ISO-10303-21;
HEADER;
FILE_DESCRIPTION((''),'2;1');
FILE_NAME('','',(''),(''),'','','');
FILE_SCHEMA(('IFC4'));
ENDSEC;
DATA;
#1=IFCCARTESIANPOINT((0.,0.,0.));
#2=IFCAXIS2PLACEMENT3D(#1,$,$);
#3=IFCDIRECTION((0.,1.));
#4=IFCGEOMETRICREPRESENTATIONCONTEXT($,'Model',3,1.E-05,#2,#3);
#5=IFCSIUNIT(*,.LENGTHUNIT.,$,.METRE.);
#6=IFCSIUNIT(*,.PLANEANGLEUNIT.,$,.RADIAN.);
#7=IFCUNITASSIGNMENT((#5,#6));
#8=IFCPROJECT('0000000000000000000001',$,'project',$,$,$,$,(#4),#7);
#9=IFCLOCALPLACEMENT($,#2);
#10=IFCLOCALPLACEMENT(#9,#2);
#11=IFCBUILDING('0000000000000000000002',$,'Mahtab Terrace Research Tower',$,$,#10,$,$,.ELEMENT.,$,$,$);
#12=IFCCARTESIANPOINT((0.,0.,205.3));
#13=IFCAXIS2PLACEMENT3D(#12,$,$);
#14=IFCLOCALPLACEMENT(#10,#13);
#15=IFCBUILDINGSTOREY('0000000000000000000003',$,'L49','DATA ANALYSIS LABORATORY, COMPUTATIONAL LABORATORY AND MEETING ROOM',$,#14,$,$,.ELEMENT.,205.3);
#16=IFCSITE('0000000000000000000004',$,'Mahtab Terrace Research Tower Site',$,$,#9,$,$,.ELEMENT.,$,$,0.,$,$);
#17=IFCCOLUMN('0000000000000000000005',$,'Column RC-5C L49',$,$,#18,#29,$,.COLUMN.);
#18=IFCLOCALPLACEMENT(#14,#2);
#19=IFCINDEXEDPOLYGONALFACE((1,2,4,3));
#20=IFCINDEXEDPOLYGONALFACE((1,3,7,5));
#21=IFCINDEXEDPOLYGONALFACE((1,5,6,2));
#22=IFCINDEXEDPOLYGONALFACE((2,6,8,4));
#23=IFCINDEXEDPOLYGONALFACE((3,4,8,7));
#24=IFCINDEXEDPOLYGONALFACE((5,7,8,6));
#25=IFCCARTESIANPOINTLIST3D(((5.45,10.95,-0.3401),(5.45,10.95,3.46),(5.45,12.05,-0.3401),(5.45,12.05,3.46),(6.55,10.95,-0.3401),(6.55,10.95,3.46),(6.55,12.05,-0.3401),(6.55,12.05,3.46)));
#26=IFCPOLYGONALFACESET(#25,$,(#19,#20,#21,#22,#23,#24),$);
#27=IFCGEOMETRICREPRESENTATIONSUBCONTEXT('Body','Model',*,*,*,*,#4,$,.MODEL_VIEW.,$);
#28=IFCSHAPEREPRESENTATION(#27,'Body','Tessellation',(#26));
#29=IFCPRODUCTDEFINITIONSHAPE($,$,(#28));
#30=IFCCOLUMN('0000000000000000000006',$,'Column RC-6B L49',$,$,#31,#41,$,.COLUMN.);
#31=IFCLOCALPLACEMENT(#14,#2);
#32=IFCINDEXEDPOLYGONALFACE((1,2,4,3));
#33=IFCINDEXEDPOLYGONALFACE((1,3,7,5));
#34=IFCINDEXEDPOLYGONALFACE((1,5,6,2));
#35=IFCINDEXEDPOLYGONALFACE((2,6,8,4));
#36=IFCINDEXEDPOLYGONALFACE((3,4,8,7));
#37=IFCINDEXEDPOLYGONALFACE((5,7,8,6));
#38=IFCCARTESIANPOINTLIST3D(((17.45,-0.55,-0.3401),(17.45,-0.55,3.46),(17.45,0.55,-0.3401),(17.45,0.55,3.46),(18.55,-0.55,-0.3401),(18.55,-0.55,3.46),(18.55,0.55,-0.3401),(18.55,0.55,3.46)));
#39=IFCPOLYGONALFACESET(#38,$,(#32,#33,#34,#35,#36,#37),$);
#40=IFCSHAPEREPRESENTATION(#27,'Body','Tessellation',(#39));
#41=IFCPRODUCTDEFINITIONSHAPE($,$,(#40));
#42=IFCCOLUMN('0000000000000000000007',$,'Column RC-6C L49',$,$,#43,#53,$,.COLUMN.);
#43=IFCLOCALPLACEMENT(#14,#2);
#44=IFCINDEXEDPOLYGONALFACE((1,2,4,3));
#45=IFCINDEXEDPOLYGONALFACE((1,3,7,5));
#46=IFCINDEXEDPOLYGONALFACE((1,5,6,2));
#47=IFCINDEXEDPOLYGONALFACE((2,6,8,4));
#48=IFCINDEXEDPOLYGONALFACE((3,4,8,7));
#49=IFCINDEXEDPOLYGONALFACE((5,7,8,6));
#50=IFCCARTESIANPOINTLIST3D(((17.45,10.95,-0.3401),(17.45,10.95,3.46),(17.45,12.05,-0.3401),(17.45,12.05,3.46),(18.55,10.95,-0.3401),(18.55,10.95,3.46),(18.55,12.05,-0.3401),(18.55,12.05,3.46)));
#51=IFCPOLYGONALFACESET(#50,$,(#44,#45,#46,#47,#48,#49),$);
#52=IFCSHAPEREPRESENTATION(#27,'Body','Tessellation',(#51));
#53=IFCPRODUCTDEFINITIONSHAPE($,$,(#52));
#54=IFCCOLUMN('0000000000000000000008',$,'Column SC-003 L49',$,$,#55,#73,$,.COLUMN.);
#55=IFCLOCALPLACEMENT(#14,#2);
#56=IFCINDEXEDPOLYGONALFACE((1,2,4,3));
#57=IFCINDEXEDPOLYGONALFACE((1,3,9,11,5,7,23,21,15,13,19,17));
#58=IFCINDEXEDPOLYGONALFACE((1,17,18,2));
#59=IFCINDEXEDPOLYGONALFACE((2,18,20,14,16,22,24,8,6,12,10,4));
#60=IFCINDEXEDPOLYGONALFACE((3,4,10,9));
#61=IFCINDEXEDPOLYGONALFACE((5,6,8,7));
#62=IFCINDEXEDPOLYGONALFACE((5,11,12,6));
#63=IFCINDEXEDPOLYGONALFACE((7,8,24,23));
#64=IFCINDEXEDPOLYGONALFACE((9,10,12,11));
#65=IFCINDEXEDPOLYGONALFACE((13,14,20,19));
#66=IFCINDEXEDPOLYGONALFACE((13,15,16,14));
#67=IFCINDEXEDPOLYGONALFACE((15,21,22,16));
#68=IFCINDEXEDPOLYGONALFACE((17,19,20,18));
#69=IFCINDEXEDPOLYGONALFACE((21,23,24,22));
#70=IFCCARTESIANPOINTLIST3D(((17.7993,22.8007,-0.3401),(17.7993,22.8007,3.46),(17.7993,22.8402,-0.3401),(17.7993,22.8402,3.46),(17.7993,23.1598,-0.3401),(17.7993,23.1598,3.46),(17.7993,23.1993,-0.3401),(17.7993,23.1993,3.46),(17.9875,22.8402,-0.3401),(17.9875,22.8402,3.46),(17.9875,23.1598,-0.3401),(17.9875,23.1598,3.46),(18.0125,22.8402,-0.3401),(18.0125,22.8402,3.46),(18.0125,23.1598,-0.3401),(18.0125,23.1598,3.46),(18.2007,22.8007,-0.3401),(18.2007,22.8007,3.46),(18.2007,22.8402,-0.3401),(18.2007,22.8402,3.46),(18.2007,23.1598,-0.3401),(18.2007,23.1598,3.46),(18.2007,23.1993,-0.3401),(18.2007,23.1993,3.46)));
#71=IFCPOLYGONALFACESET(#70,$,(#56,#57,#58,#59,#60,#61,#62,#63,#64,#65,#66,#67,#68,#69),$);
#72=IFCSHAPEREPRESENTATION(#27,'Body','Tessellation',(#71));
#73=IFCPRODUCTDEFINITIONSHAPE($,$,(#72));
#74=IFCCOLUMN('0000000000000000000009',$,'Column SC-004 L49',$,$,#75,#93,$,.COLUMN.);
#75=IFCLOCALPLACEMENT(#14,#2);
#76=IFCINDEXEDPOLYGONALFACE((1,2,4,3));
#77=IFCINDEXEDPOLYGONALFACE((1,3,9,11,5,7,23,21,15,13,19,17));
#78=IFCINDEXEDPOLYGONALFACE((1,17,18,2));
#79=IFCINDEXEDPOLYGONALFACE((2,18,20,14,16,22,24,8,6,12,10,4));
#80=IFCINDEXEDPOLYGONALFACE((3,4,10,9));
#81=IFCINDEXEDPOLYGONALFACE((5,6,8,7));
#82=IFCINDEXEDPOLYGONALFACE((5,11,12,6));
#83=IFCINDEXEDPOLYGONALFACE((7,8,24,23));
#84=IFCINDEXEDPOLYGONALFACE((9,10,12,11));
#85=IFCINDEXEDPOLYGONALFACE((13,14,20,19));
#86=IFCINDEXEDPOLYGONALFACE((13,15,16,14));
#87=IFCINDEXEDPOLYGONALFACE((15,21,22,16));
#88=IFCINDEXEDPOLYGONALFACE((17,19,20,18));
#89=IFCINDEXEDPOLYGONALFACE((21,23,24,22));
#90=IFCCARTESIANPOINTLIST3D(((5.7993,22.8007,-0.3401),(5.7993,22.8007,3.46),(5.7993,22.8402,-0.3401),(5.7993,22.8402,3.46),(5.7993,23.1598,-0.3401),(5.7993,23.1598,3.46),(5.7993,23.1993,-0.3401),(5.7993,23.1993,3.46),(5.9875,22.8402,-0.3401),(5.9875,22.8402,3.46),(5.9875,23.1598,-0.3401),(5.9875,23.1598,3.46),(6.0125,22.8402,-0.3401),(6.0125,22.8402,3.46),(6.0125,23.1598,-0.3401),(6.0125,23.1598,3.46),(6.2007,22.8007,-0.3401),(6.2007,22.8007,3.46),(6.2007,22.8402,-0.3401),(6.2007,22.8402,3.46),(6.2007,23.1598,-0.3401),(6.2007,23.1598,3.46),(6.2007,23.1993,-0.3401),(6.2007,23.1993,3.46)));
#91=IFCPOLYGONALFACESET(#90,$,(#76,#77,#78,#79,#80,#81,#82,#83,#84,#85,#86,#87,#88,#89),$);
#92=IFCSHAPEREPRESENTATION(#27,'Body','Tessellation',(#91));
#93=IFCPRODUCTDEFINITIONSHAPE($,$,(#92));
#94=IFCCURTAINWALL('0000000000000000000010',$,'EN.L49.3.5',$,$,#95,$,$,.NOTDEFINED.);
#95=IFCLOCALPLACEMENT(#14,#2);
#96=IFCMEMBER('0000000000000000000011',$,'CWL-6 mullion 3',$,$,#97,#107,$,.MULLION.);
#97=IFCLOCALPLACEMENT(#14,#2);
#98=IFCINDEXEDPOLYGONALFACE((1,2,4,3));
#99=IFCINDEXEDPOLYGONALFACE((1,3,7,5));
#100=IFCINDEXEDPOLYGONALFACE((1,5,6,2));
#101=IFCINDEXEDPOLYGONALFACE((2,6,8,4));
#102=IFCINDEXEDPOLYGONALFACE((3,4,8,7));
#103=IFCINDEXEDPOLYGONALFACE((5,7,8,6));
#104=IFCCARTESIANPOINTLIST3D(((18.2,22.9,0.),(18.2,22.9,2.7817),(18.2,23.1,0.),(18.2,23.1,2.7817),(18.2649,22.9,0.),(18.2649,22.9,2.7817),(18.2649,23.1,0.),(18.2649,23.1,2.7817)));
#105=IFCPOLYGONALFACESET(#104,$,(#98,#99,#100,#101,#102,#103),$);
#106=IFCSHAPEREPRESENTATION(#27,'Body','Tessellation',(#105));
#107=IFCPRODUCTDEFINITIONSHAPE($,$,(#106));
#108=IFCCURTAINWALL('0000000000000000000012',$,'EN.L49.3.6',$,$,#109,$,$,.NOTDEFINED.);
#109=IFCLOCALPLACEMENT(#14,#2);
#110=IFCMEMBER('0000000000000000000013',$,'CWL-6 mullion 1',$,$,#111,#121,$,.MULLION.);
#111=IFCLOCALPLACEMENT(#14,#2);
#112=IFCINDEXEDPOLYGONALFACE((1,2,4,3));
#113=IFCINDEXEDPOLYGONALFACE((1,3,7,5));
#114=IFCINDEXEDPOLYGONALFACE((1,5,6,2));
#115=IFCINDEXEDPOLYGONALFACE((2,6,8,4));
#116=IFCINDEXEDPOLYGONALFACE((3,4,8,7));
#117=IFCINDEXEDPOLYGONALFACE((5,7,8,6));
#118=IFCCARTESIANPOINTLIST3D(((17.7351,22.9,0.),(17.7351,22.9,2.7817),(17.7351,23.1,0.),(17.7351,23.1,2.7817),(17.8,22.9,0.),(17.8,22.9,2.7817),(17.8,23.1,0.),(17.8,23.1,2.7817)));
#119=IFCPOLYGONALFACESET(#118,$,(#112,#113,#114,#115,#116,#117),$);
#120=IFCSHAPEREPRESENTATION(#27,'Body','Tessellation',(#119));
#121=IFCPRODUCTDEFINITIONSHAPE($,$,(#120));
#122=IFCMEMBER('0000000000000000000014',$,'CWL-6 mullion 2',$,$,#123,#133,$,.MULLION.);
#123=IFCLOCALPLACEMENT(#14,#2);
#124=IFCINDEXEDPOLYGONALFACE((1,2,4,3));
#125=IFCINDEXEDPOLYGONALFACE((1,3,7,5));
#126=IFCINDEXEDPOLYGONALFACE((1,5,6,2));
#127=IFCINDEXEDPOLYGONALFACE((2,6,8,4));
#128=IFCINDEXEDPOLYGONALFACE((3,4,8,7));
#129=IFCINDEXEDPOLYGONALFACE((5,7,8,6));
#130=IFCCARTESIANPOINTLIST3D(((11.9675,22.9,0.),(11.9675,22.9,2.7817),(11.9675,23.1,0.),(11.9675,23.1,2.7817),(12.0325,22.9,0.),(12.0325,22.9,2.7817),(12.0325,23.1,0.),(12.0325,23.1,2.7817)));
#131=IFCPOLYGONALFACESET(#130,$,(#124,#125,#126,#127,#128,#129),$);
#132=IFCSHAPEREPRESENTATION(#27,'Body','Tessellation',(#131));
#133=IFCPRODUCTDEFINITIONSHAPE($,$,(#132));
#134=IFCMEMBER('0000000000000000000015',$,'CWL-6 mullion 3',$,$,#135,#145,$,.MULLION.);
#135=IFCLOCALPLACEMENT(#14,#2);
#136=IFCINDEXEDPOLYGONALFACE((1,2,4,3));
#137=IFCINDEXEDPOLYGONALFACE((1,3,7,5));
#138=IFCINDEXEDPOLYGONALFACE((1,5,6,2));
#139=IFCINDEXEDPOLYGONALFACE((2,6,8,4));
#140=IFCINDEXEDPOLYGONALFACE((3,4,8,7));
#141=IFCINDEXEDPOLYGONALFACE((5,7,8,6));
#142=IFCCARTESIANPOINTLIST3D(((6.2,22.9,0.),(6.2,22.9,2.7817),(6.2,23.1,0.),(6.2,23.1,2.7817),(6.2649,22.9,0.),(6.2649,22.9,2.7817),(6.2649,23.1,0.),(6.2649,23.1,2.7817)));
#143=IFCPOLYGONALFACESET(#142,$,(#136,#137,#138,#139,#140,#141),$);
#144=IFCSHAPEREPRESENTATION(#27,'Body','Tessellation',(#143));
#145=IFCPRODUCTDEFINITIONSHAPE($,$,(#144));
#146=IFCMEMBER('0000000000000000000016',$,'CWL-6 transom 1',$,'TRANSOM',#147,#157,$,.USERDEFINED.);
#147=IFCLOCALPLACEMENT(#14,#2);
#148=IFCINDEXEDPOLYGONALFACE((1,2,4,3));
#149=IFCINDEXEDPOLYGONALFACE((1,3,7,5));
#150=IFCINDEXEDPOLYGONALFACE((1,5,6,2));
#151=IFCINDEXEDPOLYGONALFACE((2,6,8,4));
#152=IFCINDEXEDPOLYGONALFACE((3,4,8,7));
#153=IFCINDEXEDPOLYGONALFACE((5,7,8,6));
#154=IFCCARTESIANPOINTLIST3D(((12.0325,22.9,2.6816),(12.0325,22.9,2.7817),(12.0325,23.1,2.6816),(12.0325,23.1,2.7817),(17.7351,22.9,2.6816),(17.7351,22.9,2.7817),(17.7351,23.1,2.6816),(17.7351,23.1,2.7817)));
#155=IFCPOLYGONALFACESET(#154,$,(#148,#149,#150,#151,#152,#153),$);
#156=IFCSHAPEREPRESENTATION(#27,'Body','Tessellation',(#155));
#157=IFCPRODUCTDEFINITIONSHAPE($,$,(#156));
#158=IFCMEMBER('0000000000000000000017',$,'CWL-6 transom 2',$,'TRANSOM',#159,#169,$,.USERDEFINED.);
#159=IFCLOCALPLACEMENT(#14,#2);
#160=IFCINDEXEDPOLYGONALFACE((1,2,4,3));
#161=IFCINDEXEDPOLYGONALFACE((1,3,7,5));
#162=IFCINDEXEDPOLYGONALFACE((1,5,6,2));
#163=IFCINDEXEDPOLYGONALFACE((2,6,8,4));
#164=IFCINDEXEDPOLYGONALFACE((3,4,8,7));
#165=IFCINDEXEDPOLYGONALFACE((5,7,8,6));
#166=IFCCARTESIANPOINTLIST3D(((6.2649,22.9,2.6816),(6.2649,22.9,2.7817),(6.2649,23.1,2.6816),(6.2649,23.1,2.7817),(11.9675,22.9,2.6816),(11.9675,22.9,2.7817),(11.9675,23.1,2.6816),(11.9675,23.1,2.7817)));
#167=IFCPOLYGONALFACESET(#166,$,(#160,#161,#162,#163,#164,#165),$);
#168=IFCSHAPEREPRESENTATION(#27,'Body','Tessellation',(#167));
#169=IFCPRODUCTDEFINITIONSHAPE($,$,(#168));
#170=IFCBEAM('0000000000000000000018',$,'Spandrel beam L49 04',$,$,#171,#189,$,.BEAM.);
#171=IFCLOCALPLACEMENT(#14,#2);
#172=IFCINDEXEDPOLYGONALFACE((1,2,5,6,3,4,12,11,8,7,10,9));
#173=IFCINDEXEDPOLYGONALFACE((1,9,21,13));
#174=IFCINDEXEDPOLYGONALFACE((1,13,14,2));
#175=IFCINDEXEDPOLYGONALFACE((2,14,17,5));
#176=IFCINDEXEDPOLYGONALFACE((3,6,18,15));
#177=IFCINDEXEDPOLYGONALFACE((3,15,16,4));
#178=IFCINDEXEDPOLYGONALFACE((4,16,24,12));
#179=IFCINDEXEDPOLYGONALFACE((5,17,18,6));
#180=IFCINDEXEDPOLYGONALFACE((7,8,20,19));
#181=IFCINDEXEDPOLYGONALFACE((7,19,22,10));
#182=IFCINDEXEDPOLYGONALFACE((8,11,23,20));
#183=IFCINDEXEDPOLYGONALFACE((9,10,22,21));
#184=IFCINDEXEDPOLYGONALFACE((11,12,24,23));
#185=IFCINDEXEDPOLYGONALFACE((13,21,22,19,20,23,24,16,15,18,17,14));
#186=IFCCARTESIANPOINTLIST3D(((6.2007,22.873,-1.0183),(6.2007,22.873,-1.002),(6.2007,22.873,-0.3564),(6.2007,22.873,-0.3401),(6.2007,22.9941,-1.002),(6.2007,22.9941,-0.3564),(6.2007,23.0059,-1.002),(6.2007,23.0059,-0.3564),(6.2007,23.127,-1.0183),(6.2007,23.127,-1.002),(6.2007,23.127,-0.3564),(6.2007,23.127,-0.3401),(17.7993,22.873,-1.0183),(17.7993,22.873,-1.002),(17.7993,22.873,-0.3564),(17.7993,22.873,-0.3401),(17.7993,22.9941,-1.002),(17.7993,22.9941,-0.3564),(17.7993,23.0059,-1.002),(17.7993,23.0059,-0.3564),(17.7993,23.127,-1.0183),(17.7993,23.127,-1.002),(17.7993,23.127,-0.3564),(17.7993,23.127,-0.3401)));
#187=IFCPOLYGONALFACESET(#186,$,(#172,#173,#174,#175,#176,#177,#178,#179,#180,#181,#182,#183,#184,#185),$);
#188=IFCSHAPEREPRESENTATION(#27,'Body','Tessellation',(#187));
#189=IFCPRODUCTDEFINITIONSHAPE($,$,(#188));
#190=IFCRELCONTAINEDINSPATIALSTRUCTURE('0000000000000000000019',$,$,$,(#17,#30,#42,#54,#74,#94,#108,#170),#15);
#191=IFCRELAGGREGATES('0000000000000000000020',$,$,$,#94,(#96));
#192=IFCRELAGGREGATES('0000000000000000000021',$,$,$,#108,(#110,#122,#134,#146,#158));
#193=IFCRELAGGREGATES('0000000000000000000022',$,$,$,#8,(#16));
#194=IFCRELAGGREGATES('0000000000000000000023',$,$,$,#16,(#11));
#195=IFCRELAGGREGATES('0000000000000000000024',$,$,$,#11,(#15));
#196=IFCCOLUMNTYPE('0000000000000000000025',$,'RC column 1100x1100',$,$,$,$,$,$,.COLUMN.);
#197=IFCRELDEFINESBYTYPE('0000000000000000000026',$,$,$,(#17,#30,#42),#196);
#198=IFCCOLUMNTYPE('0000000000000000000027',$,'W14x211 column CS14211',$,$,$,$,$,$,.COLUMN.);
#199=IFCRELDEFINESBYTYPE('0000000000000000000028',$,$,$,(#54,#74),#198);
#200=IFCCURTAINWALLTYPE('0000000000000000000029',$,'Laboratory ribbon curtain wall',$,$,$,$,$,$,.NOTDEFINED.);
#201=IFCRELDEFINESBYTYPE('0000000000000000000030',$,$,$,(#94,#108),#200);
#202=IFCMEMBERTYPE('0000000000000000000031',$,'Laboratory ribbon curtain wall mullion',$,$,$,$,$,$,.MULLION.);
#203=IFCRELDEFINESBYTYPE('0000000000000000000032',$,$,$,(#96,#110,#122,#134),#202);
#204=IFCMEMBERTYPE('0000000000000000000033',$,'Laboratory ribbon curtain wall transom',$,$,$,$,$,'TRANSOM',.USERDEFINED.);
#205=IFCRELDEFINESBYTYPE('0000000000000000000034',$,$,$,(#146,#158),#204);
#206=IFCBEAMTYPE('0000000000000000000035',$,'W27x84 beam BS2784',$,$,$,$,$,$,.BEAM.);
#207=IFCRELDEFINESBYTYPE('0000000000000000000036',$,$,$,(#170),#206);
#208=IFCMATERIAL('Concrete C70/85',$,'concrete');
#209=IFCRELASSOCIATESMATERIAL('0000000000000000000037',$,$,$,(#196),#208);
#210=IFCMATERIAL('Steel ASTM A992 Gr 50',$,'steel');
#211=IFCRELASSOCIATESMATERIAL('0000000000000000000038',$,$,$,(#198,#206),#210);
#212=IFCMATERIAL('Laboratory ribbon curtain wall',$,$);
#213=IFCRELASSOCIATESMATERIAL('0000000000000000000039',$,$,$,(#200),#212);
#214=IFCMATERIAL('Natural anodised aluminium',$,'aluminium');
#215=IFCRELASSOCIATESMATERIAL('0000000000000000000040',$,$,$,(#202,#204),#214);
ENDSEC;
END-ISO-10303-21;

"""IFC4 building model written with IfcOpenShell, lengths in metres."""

from ifc_helpers import new_model, si_unit, direction, frame, origin, origin_2d, place, context, subcontext, project, spatial, rectangle, i_section, extrude, material, material_profile, profile_set, type_object, element, aggregate, save


model = new_model("IFC4")

# Units and contexts
model_context = context("Model", 3, precision=1e-05, world=origin(), true_north=direction((0.0, 1.0)))
body_context = subcontext(model_context, "Body", "Model", "MODEL_VIEW")
ifc_project = project(units=[si_unit("LENGTHUNIT", "METRE"), si_unit("PLANEANGLEUNIT", "RADIAN")], contexts=[model_context])

# Site, building, storey
site_placement = place(None, origin())
site = spatial("IfcSite", under=ifc_project, at=site_placement, Name="Mahtab Terrace Research Tower Site", CompositionType="ELEMENT", RefElevation=0.0)
building_placement = place(site_placement, origin())
building = spatial("IfcBuilding", under=site, at=building_placement, Name="Mahtab Terrace Research Tower", CompositionType="ELEMENT")
storey_placement = place(building_placement, frame((0.0, 0.0, 205.3)))
storey = spatial("IfcBuildingStorey", under=building, at=storey_placement, Name="L49", Description="DATA ANALYSIS LABORATORY, COMPUTATIONAL LABORATORY AND MEETING ROOM", CompositionType="ELEMENT", Elevation=205.3)

# Columns
ifc_material_1 = material(Name="Concrete C70/85", Category="concrete")
ifc_material_profile_1 = material_profile(ifc_material_1, rectangle(XDim=1.1001, YDim=1.1001, at=origin_2d()), Name="RC column 1100x1100")
ifc_profile_set_1 = profile_set([ifc_material_profile_1], Name="Concrete C70/85")
column_type_1 = type_object("IfcColumnType", Name="RC column 1100x1100", PredefinedType="COLUMN", material=ifc_profile_set_1)
for number, where, z_axis, x_axis, name in (
    (1, (6.0, 11.5, -0.3401), (0.0, 0.0, 1.0), (1.0, 0.0, 0.0), "Column RC-5C L49"),
    (2, (18.0, 0.0, -0.3401), (0.0, 0.0, 1.0), (1.0, 0.0, 0.0), "Column RC-6B L49"),
    (3, (18.0, 11.5, -0.3401), (0.0, 0.0, 1.0), (1.0, 0.0, 0.0), "Column RC-6C L49"),
):
    element("IfcColumn", number, at=place(storey_placement, frame(where, z_axis=z_axis, x_axis=x_axis)), inside=storey, type_object=column_type_1, Name=name, PredefinedType="COLUMN", context=body_context, shape_type="SweptSolid", body=[
        extrude(rectangle(XDim=1.1001, YDim=1.1001, at=origin_2d()), origin(), (0.0, 0.0, 1.0), 3.8),
    ])
ifc_material_2 = material(Name="Steel ASTM A992 Gr 50", Category="steel")
ifc_material_profile_2 = material_profile(ifc_material_2, i_section(OverallWidth=0.4014, OverallDepth=0.3987, WebThickness=0.0249, FlangeThickness=0.0396, at=origin_2d()), Name="W14X211")
ifc_profile_set_2 = profile_set([ifc_material_profile_2], Name="Steel ASTM A992 Gr 50")
column_type_2 = type_object("IfcColumnType", Name="W14x211 column CS14211", PredefinedType="COLUMN", material=ifc_profile_set_2)
for number, where, z_axis, x_axis, name in (
    (4, (18.0, 23.0, -0.3401), (0.0, 0.0, 1.0), (1.0, 0.0, 0.0), "Column SC-003 L49"),
    (5, (6.0, 23.0, -0.3401), (0.0, 0.0, 1.0), (1.0, 0.0, 0.0), "Column SC-004 L49"),
):
    element("IfcColumn", number, at=place(storey_placement, frame(where, z_axis=z_axis, x_axis=x_axis)), inside=storey, type_object=column_type_2, Name=name, PredefinedType="COLUMN", context=body_context, shape_type="SweptSolid", body=[
        extrude(i_section(OverallWidth=0.4014, OverallDepth=0.3987, WebThickness=0.0249, FlangeThickness=0.0396, at=origin_2d()), origin(), (0.0, 0.0, 1.0), 3.8),
    ])

# Curtain wall, member
ifc_material_3 = material(Name="Laboratory ribbon curtain wall")
curtain_wall_type = type_object("IfcCurtainWallType", Name="Laboratory ribbon curtain wall", PredefinedType="NOTDEFINED", material=ifc_material_3)
curtain_wall_1_placement = place(storey_placement, origin())
curtain_wall_1 = element("IfcCurtainWall", 6, at=curtain_wall_1_placement, inside=storey, type_object=curtain_wall_type, Name="EN.L49.3.5", PredefinedType="NOTDEFINED")
ifc_material_4 = material(Name="Natural anodised aluminium", Category="aluminium")
ifc_material_profile_3 = material_profile(ifc_material_4, rectangle(XDim=0.2, YDim=0.0649, at=origin_2d()), Name="MULLION 65x200")
ifc_profile_set_3 = profile_set([ifc_material_profile_3], Name="Natural anodised aluminium")
member_type_1 = type_object("IfcMemberType", Name="Laboratory ribbon curtain wall mullion", PredefinedType="MULLION", material=ifc_profile_set_3)
member_1_placement = place(storey_placement, frame((18.2324, 23.0, 0.0), z_axis=(0.0, 0.0, 1.0), x_axis=(0.0, -1.0, 0.0)))
member_1 = element("IfcMember", 7, at=member_1_placement, type_object=member_type_1, Name="CWL-6 mullion 3", PredefinedType="MULLION", context=body_context, shape_type="SweptSolid", body=[
    extrude(rectangle(XDim=0.2, YDim=0.0649, at=origin_2d()), origin(), (0.0, 0.0, 1.0), 2.7817),
])
aggregate(curtain_wall_1, [member_1])

# Curtain wall, members
curtain_wall_2_placement = place(storey_placement, origin())
curtain_wall_2 = element("IfcCurtainWall", 8, at=curtain_wall_2_placement, inside=storey, type_object=curtain_wall_type, Name="EN.L49.3.6", PredefinedType="NOTDEFINED")
member_2_placement = place(storey_placement, frame((17.7676, 23.0, 0.0), z_axis=(0.0, 0.0, 1.0), x_axis=(0.0, -1.0, 0.0)))
member_2 = element("IfcMember", 9, at=member_2_placement, type_object=member_type_1, Name="CWL-6 mullion 1", PredefinedType="MULLION", context=body_context, shape_type="SweptSolid", body=[
    extrude(rectangle(XDim=0.2, YDim=0.0649, at=origin_2d()), origin(), (0.0, 0.0, 1.0), 2.7817),
])
member_3_placement = place(storey_placement, frame((12.0, 23.0, 0.0), z_axis=(0.0, 0.0, 1.0), x_axis=(0.0, -1.0, 0.0)))
member_3 = element("IfcMember", 10, at=member_3_placement, type_object=member_type_1, Name="CWL-6 mullion 2", PredefinedType="MULLION", context=body_context, shape_type="SweptSolid", body=[
    extrude(rectangle(XDim=0.2, YDim=0.0649, at=origin_2d()), origin(), (0.0, 0.0, 1.0), 2.7817),
])
member_4_placement = place(storey_placement, frame((6.2324, 23.0, 0.0), z_axis=(0.0, 0.0, 1.0), x_axis=(0.0, -1.0, 0.0)))
member_4 = element("IfcMember", 11, at=member_4_placement, type_object=member_type_1, Name="CWL-6 mullion 3", PredefinedType="MULLION", context=body_context, shape_type="SweptSolid", body=[
    extrude(rectangle(XDim=0.2, YDim=0.0649, at=origin_2d()), origin(), (0.0, 0.0, 1.0), 2.7817),
])
ifc_material_profile_4 = material_profile(ifc_material_4, rectangle(XDim=0.2, YDim=0.1001, at=origin_2d()), Name="TRANSOM 100x200")
ifc_profile_set_4 = profile_set([ifc_material_profile_4], Name="Natural anodised aluminium")
member_type_2 = type_object("IfcMemberType", Name="Laboratory ribbon curtain wall transom", ElementType="TRANSOM", PredefinedType="USERDEFINED", material=ifc_profile_set_4)
member_5_placement = place(storey_placement, frame((17.7351, 23.0, 2.7317), z_axis=(-1.0, 0.0, 0.0), x_axis=(0.0, -1.0, 0.0)))
member_5 = element("IfcMember", 12, at=member_5_placement, type_object=member_type_2, Name="CWL-6 transom 1", ObjectType="TRANSOM", PredefinedType="USERDEFINED", context=body_context, shape_type="SweptSolid", body=[
    extrude(rectangle(XDim=0.2, YDim=0.1001, at=origin_2d()), origin(), (0.0, 0.0, 1.0), 5.7026),
])
member_6_placement = place(storey_placement, frame((11.9675, 23.0, 2.7317), z_axis=(-1.0, 0.0, 0.0), x_axis=(0.0, -1.0, 0.0)))
member_6 = element("IfcMember", 13, at=member_6_placement, type_object=member_type_2, Name="CWL-6 transom 2", ObjectType="TRANSOM", PredefinedType="USERDEFINED", context=body_context, shape_type="SweptSolid", body=[
    extrude(rectangle(XDim=0.2, YDim=0.1001, at=origin_2d()), origin(), (0.0, 0.0, 1.0), 5.7026),
])

# Beam
ifc_material_profile_5 = material_profile(ifc_material_2, i_section(OverallWidth=0.2539, OverallDepth=0.6782, WebThickness=0.0117, FlangeThickness=0.0164, at=origin_2d()), Name="W27X84")
ifc_profile_set_5 = profile_set([ifc_material_profile_5], Name="Steel ASTM A992 Gr 50")
beam_type = type_object("IfcBeamType", Name="W27x84 beam BS2784", PredefinedType="BEAM", material=ifc_profile_set_5)
beam_placement = place(storey_placement, frame((17.7993, 23.0, -0.6792), z_axis=(-1.0, 0.0, 0.0), x_axis=(0.0, -1.0, 0.0)))
element("IfcBeam", 14, at=beam_placement, inside=storey, type_object=beam_type, Name="Spandrel beam L49 04", PredefinedType="BEAM", context=body_context, shape_type="SweptSolid", body=[
    extrude(i_section(OverallWidth=0.2539, OverallDepth=0.6782, WebThickness=0.0117, FlangeThickness=0.0164, at=origin_2d()), origin(), (0.0, 0.0, 1.0), 11.5986),
])

aggregate(curtain_wall_2, [member_2, member_3, member_4, member_5, member_6])

save(model, "model.ifc")
